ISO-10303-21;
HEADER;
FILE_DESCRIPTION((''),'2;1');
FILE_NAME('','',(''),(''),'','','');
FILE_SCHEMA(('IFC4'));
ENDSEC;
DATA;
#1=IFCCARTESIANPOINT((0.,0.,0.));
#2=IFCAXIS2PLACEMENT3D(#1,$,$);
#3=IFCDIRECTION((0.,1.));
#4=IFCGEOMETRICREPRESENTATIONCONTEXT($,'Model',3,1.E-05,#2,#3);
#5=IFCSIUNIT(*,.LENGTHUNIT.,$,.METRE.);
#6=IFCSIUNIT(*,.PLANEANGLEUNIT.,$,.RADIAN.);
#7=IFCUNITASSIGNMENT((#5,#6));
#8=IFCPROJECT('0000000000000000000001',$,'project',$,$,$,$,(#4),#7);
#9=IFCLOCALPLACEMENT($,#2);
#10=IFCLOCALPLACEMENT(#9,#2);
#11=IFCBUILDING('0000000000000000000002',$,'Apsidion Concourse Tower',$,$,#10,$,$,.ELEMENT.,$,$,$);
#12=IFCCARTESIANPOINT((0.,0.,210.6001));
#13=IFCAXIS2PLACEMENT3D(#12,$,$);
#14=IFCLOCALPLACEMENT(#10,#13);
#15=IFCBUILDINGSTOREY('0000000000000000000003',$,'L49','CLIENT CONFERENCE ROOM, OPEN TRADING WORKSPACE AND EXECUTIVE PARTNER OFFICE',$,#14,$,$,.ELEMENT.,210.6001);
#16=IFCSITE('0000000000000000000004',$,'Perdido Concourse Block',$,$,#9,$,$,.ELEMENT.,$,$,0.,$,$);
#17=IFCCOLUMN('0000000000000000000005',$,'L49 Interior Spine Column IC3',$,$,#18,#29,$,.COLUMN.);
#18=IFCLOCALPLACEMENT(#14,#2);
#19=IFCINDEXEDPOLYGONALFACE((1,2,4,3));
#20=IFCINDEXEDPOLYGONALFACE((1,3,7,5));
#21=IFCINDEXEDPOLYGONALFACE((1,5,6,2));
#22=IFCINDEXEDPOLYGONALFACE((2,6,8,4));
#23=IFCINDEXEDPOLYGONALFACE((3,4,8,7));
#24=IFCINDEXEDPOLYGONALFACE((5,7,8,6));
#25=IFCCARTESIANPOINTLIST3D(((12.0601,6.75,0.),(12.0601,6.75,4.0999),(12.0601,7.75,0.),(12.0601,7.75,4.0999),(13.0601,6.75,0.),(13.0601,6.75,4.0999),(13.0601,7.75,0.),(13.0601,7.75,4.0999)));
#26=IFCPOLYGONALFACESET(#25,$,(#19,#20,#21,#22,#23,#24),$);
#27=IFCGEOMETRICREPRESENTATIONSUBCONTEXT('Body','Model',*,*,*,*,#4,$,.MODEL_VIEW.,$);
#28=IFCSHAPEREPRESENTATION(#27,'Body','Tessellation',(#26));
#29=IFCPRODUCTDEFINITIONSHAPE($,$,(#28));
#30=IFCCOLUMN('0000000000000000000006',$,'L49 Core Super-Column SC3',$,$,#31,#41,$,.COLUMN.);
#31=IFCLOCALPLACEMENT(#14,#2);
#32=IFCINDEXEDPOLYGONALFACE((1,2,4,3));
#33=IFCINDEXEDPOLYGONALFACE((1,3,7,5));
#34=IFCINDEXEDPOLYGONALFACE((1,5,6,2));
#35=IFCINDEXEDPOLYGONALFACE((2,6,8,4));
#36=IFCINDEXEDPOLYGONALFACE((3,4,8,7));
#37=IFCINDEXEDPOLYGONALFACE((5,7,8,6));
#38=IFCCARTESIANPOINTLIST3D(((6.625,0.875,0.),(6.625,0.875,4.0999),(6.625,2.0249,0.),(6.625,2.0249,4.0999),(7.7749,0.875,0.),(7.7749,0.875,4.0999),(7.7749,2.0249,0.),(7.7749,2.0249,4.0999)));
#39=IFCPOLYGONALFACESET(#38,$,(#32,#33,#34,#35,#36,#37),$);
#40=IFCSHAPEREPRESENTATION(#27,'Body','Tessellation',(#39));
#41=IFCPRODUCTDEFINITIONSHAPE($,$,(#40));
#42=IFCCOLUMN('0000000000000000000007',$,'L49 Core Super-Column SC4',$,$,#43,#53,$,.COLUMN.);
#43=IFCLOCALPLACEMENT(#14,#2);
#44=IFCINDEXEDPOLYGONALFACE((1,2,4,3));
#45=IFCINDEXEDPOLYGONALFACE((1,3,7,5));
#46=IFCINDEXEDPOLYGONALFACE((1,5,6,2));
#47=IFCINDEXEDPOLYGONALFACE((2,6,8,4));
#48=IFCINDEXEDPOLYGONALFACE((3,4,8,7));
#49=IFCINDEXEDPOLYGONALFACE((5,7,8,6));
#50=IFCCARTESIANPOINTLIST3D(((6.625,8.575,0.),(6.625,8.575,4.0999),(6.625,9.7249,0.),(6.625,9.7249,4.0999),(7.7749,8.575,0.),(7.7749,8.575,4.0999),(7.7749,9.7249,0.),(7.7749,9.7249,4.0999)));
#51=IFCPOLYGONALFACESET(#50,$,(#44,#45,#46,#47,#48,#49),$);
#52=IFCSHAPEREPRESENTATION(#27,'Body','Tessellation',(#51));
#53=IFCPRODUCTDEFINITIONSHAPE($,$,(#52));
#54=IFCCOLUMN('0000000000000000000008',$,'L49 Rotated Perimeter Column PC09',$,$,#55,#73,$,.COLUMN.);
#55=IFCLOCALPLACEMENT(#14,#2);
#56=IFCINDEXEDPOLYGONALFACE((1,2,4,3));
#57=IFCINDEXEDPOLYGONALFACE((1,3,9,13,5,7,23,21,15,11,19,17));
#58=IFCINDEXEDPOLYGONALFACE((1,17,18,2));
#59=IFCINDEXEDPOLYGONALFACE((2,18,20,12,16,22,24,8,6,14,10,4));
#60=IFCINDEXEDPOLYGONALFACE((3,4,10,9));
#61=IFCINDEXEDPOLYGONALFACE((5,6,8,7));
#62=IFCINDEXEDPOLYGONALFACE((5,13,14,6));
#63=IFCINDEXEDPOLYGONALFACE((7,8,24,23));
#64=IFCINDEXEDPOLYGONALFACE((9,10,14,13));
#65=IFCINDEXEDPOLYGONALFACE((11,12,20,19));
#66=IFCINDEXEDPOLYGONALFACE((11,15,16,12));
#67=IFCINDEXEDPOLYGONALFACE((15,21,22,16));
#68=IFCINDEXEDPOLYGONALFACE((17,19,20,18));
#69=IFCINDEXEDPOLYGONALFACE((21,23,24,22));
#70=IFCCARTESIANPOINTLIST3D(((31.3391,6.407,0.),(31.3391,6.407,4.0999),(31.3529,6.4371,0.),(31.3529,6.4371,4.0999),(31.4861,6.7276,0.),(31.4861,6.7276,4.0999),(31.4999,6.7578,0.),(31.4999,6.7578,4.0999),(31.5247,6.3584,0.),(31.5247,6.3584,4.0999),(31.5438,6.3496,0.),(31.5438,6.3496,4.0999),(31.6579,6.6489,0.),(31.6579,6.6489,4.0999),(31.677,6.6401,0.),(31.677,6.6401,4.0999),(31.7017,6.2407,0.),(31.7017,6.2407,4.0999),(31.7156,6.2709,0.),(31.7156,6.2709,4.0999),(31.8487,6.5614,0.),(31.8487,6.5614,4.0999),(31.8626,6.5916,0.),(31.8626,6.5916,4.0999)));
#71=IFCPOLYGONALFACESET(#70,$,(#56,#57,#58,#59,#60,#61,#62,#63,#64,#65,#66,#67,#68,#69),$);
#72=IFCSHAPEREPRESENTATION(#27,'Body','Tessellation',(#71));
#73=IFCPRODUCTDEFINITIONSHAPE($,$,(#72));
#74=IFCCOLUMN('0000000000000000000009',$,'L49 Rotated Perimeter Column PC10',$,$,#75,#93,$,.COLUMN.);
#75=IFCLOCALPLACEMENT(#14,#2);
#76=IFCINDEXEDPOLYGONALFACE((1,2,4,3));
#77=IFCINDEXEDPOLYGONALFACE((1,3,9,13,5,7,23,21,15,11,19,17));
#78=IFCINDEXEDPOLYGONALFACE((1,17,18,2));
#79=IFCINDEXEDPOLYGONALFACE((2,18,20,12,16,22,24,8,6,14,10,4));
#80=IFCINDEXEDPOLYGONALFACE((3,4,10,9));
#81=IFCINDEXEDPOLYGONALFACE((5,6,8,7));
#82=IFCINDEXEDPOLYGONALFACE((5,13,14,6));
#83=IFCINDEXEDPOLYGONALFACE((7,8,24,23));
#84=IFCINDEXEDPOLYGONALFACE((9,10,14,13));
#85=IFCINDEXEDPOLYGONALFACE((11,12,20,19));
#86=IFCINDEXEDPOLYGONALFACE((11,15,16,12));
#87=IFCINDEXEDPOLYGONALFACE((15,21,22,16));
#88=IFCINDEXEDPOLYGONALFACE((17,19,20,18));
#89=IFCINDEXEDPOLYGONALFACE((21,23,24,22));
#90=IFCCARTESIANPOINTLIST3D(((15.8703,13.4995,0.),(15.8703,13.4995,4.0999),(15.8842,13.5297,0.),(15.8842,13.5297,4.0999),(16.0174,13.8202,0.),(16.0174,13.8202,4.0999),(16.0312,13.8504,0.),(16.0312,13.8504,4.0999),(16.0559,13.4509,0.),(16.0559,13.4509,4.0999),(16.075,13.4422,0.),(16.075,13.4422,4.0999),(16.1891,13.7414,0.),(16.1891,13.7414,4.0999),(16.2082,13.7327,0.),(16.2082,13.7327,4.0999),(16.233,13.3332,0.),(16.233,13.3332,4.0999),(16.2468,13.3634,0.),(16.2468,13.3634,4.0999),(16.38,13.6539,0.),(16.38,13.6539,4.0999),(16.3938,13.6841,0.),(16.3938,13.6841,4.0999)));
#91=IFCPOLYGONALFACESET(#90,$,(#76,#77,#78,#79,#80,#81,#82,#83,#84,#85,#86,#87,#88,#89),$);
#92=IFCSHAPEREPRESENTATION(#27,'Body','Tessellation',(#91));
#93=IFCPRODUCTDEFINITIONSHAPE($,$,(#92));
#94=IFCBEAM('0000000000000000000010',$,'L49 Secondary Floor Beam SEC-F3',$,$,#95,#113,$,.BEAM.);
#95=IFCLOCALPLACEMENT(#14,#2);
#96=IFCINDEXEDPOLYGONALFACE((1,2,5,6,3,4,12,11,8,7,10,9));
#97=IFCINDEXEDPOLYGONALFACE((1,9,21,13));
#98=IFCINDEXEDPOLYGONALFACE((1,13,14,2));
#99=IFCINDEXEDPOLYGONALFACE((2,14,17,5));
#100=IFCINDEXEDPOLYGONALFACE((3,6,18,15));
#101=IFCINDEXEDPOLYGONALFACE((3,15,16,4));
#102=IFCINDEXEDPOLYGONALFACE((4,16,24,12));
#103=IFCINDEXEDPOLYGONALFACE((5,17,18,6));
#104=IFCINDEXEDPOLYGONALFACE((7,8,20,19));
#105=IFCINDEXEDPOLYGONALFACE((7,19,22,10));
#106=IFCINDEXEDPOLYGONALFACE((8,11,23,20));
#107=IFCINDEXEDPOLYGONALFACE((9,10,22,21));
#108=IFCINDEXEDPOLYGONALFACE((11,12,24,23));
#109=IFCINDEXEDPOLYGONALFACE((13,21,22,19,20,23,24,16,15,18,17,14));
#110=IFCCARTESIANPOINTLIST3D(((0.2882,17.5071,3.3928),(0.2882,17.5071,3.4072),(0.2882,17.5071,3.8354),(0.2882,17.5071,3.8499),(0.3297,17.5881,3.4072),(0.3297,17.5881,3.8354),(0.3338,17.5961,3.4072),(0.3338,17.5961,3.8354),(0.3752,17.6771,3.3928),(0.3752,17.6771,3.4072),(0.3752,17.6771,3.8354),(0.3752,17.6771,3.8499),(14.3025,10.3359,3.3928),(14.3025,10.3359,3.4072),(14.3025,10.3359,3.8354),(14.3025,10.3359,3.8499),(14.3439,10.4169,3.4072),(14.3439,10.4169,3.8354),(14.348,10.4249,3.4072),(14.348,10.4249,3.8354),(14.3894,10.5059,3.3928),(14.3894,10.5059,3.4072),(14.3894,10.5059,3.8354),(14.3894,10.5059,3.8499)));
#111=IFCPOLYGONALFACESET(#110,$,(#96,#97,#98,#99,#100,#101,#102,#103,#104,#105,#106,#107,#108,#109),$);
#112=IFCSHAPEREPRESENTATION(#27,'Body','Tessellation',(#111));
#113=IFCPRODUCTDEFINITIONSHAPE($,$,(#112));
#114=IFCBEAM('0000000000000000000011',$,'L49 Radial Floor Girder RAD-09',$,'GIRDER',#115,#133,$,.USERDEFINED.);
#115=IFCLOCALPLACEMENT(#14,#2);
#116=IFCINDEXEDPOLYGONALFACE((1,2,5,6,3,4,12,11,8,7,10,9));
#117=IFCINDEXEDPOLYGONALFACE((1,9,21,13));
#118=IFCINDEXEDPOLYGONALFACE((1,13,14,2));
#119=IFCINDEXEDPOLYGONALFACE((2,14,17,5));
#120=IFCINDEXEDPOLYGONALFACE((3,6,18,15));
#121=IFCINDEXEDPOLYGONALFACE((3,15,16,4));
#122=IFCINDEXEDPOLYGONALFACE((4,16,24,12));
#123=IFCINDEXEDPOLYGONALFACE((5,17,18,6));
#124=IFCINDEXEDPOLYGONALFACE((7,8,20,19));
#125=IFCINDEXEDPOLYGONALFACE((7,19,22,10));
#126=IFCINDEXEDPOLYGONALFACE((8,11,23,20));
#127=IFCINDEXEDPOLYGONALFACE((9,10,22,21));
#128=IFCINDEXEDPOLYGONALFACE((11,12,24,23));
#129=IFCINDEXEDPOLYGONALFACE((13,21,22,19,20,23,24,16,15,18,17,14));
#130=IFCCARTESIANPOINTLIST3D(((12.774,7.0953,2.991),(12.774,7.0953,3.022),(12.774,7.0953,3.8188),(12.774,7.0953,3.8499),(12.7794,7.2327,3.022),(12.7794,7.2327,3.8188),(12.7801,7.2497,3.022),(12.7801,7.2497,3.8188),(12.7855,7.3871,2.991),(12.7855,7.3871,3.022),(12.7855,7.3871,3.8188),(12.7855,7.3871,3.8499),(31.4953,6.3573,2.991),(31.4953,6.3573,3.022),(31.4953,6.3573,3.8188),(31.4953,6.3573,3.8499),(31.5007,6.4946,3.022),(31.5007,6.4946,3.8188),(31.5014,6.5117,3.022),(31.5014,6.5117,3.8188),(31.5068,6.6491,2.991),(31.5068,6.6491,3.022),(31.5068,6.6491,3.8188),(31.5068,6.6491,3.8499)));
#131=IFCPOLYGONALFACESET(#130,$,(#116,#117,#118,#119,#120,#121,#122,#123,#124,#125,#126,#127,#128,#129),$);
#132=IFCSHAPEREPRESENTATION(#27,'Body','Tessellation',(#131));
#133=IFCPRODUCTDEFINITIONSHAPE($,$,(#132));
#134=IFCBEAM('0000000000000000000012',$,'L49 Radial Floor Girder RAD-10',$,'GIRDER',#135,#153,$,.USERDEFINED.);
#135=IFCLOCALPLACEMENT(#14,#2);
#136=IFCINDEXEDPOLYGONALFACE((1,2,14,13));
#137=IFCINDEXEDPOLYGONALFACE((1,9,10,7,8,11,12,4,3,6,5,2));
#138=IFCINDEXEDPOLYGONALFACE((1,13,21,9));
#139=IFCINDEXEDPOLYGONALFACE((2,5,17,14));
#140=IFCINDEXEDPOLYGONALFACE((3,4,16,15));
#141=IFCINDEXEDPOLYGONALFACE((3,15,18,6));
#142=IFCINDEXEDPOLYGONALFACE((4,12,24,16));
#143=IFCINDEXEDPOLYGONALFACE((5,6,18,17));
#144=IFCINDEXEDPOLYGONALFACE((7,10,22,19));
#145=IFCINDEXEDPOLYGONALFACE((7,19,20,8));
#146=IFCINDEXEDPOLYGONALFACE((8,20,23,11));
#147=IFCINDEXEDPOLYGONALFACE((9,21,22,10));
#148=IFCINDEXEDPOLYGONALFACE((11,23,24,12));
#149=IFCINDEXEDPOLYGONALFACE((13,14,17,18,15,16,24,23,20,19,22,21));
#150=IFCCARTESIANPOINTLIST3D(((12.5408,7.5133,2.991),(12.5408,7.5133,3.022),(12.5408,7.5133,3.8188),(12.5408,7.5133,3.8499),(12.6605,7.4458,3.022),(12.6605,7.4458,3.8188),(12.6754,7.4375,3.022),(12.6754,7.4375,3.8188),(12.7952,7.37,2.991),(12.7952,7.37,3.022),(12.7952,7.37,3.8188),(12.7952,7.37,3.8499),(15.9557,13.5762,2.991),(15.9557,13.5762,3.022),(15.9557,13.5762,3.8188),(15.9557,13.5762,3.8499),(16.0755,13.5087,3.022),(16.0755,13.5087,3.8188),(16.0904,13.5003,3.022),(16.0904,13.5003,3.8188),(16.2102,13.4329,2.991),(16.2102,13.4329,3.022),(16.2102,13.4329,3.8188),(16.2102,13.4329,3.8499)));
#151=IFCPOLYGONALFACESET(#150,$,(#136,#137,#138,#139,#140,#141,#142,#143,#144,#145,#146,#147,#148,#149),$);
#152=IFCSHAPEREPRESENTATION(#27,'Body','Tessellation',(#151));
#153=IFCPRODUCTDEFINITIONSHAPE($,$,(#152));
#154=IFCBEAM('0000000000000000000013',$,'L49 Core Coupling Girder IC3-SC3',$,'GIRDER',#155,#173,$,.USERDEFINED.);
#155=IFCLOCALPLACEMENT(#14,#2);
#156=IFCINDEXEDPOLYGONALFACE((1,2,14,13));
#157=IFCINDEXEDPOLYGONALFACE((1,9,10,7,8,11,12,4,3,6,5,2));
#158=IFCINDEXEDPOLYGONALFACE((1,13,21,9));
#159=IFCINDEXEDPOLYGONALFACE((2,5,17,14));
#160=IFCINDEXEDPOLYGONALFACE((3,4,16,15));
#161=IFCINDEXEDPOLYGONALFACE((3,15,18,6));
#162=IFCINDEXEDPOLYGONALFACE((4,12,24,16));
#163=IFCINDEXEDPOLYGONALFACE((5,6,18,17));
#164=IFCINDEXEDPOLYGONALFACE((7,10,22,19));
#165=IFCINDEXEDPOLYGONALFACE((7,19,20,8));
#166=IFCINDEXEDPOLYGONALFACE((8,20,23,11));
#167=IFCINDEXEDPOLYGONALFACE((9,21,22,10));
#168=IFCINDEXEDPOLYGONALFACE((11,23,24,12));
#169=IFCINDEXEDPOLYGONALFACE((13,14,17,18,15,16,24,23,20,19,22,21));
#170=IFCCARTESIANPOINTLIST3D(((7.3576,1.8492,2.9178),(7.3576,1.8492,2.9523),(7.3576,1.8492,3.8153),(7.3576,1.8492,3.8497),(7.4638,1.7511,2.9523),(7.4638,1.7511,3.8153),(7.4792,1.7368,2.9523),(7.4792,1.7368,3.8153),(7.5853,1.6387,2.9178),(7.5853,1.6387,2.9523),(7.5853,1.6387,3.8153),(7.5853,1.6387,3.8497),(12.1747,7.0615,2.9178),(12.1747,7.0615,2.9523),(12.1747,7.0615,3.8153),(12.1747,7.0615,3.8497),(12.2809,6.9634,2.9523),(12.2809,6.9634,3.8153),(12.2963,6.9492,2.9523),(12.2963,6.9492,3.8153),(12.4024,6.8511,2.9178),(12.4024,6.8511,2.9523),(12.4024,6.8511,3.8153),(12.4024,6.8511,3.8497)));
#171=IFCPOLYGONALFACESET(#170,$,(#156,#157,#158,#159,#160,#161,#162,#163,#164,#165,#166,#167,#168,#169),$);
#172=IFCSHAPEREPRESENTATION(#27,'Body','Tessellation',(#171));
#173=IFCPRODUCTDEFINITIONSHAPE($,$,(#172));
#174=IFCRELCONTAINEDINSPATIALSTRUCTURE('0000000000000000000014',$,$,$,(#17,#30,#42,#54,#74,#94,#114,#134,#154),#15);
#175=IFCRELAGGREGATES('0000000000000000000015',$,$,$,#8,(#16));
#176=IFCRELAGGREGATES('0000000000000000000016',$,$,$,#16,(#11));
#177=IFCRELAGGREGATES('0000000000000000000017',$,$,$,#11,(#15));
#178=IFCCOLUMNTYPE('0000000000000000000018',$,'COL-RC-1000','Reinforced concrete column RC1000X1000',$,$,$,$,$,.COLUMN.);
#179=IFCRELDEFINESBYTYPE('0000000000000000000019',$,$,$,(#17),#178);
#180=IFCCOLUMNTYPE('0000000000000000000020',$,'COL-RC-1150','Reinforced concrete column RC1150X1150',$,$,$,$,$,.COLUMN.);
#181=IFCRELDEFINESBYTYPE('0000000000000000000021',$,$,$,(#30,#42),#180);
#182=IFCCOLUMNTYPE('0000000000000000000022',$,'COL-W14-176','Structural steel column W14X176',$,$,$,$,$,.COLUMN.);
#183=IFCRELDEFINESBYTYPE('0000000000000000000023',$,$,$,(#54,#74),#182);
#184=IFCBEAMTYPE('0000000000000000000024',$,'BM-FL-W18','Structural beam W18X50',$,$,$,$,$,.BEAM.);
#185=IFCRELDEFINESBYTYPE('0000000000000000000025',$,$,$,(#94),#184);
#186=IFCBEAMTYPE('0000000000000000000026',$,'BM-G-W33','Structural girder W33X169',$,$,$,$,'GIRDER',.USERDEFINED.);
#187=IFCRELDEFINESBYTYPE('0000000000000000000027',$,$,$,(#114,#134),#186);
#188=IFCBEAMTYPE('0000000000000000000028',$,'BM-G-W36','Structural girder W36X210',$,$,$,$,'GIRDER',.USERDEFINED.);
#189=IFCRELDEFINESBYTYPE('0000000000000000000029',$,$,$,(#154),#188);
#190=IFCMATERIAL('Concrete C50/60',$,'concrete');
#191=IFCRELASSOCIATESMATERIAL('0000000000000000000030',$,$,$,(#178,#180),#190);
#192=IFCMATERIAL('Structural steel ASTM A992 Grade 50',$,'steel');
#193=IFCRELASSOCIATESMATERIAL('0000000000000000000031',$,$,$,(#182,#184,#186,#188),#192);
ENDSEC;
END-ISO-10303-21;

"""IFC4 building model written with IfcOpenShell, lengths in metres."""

from ifc_helpers import new_model, si_unit, direction, frame, origin, origin_2d, place, context, subcontext, project, spatial, rectangle, i_section, extrude, material, material_profile, profile_set, type_object, element, save


model = new_model("IFC4")

# Units and contexts
model_context = context("Model", 3, precision=1e-05, world=origin(), true_north=direction((0.0, 1.0)))
body_context = subcontext(model_context, "Body", "Model", "MODEL_VIEW")
ifc_project = project(units=[si_unit("LENGTHUNIT", "METRE"), si_unit("PLANEANGLEUNIT", "RADIAN")], contexts=[model_context])

# Site, building, storey
site_placement = place(None, origin())
site = spatial("IfcSite", under=ifc_project, at=site_placement, Name="Perdido Concourse Block", CompositionType="ELEMENT", RefElevation=0.0)
building_placement = place(site_placement, origin())
building = spatial("IfcBuilding", under=site, at=building_placement, Name="Apsidion Concourse Tower", CompositionType="ELEMENT")
storey_placement = place(building_placement, frame((0.0, 0.0, 210.6001)))
storey = spatial("IfcBuildingStorey", under=building, at=storey_placement, Name="L49", Description="CLIENT CONFERENCE ROOM, OPEN TRADING WORKSPACE AND EXECUTIVE PARTNER OFFICE", CompositionType="ELEMENT", Elevation=210.6001)

# Columns
ifc_material_1 = material(Name="Concrete C50/60", Category="concrete")
ifc_material_profile_1 = material_profile(ifc_material_1, rectangle(XDim=1.0, YDim=1.0, at=origin_2d()), Name="RC 1000x1000")
ifc_profile_set_1 = profile_set([ifc_material_profile_1], Name="Concrete C50/60")
column_type_1 = type_object("IfcColumnType", Name="COL-RC-1000", Description="Reinforced concrete column RC1000X1000", PredefinedType="COLUMN", material=ifc_profile_set_1)
column_placement = place(storey_placement, frame((12.5601, 7.25, 0.0), z_axis=(0.0, 0.0, 1.0), x_axis=(1.0, 0.0, 0.0)))
element("IfcColumn", 1, at=column_placement, inside=storey, type_object=column_type_1, Name="L49 Interior Spine Column IC3", PredefinedType="COLUMN", context=body_context, shape_type="SweptSolid", body=[
    extrude(rectangle(XDim=1.0, YDim=1.0, at=origin_2d()), origin(), (0.0, 0.0, 1.0), 4.0999),
])
ifc_material_profile_2 = material_profile(ifc_material_1, rectangle(XDim=1.1499, YDim=1.1499, at=origin_2d()), Name="RC 1150x1150")
ifc_profile_set_2 = profile_set([ifc_material_profile_2], Name="Concrete C50/60")
column_type_2 = type_object("IfcColumnType", Name="COL-RC-1150", Description="Reinforced concrete column RC1150X1150", PredefinedType="COLUMN", material=ifc_profile_set_2)
for number, where, z_axis, x_axis, name in (
    (2, (7.2, 1.45, 0.0), (0.0, 0.0, 1.0), (1.0, 0.0, 0.0), "L49 Core Super-Column SC3"),
    (3, (7.2, 9.1499, 0.0), (0.0, 0.0, 1.0), (1.0, 0.0, 0.0), "L49 Core Super-Column SC4"),
):
    element("IfcColumn", number, at=place(storey_placement, frame(where, z_axis=z_axis, x_axis=x_axis)), inside=storey, type_object=column_type_2, Name=name, PredefinedType="COLUMN", context=body_context, shape_type="SweptSolid", body=[
        extrude(rectangle(XDim=1.1499, YDim=1.1499, at=origin_2d()), origin(), (0.0, 0.0, 1.0), 4.0999),
    ])
ifc_material_2 = material(Name="Structural steel ASTM A992 Grade 50", Category="steel")
ifc_material_profile_3 = material_profile(ifc_material_2, i_section(OverallWidth=0.3989, OverallDepth=0.386, WebThickness=0.021, FlangeThickness=0.0332, at=origin_2d()), Name="W14X176")
ifc_profile_set_3 = profile_set([ifc_material_profile_3], Name="Structural steel ASTM A992 Grade 50")
column_type_3 = type_object("IfcColumnType", Name="COL-W14-176", Description="Structural steel column W14X176", PredefinedType="COLUMN", material=ifc_profile_set_3)
for number, where, z_axis, x_axis, name in (
    (4, (31.6008, 6.4993, 0.0), (0.0, 0.0, 1.0), (-0.909018, 0.416757, 0.0), "L49 Rotated Perimeter Column PC09"),
    (5, (16.1321, 13.5918, 0.0), (0.0, 0.0, 1.0), (-0.909018, 0.416757, 0.0), "L49 Rotated Perimeter Column PC10"),
):
    element("IfcColumn", number, at=place(storey_placement, frame(where, z_axis=z_axis, x_axis=x_axis)), inside=storey, type_object=column_type_3, Name=name, PredefinedType="COLUMN", context=body_context, shape_type="SweptSolid", body=[
        extrude(i_section(OverallWidth=0.3989, OverallDepth=0.386, WebThickness=0.021, FlangeThickness=0.0332, at=origin_2d()), origin(), (0.0, 0.0, 1.0), 4.0999),
    ])

# Beams
ifc_material_profile_4 = material_profile(ifc_material_2, i_section(OverallWidth=0.1909, OverallDepth=0.457, WebThickness=0.009, FlangeThickness=0.0144, at=origin_2d()), Name="W18X50")
ifc_profile_set_4 = profile_set([ifc_material_profile_4], Name="Structural steel ASTM A992 Grade 50")
beam_type_1 = type_object("IfcBeamType", Name="BM-FL-W18", Description="Structural beam W18X50", PredefinedType="BEAM", material=ifc_profile_set_4)
beam_1_placement = place(storey_placement, frame((14.3459, 10.4209, 3.6213), z_axis=(-0.89022, 0.455532, 0.0), x_axis=(-0.455532, -0.89022, 0.0)))
element("IfcBeam", 6, at=beam_1_placement, inside=storey, type_object=beam_type_1, Name="L49 Secondary Floor Beam SEC-F3", PredefinedType="BEAM", context=body_context, shape_type="SweptSolid", body=[
    extrude(i_section(OverallWidth=0.1909, OverallDepth=0.457, WebThickness=0.009, FlangeThickness=0.0144, at=origin_2d()), origin(), (0.0, 0.0, 1.0), 15.7424),
])
ifc_material_profile_5 = material_profile(ifc_material_2, i_section(OverallWidth=0.292, OverallDepth=0.8589, WebThickness=0.0171, FlangeThickness=0.031, at=origin_2d()), Name="W33X169")
ifc_profile_set_5 = profile_set([ifc_material_profile_5], Name="Structural steel ASTM A992 Grade 50")
beam_type_2 = type_object("IfcBeamType", Name="BM-G-W33", Description="Structural girder W33X169", ElementType="GIRDER", PredefinedType="USERDEFINED", material=ifc_profile_set_5)
beam_2_placement = place(storey_placement, frame((12.7798, 7.2412, 3.4204), z_axis=(0.999224, -0.039392, 0.0), x_axis=(0.039392, 0.999224, 0.0)))
element("IfcBeam", 7, at=beam_2_placement, inside=storey, type_object=beam_type_2, Name="L49 Radial Floor Girder RAD-09", ObjectType="GIRDER", PredefinedType="USERDEFINED", context=body_context, shape_type="SweptSolid", body=[
    extrude(i_section(OverallWidth=0.292, OverallDepth=0.8589, WebThickness=0.0171, FlangeThickness=0.031, at=origin_2d()), origin(), (0.0, 0.0, 1.0), 18.7358),
])
beam_3_placement = place(storey_placement, frame((12.668, 7.4417, 3.4204), z_axis=(0.490764, 0.871292, 0.0), x_axis=(-0.871292, 0.490764, 0.0)))
element("IfcBeam", 8, at=beam_3_placement, inside=storey, type_object=beam_type_2, Name="L49 Radial Floor Girder RAD-10", ObjectType="GIRDER", PredefinedType="USERDEFINED", context=body_context, shape_type="SweptSolid", body=[
    extrude(i_section(OverallWidth=0.292, OverallDepth=0.8589, WebThickness=0.0171, FlangeThickness=0.031, at=origin_2d()), origin(), (0.0, 0.0, 1.0), 6.9585),
])
ifc_material_profile_6 = material_profile(ifc_material_2, i_section(OverallWidth=0.3101, OverallDepth=0.9319, WebThickness=0.021, FlangeThickness=0.0344, at=origin_2d()), Name="W36X210")
ifc_profile_set_6 = profile_set([ifc_material_profile_6], Name="Structural steel ASTM A992 Grade 50")
beam_type_3 = type_object("IfcBeamType", Name="BM-G-W36", Description="Structural girder W36X210", ElementType="GIRDER", PredefinedType="USERDEFINED", material=ifc_profile_set_6)
beam_4_placement = place(storey_placement, frame((12.2886, 6.9563, 3.3838), z_axis=(-0.678713, -0.734404, 0.0), x_axis=(0.734404, -0.678713, 0.0)))
element("IfcBeam", 9, at=beam_4_placement, inside=storey, type_object=beam_type_3, Name="L49 Core Coupling Girder IC3-SC3", ObjectType="GIRDER", PredefinedType="USERDEFINED", context=body_context, shape_type="SweptSolid", body=[
    extrude(i_section(OverallWidth=0.3101, OverallDepth=0.9319, WebThickness=0.021, FlangeThickness=0.0344, at=origin_2d()), origin(), (0.0, 0.0, 1.0), 7.0974),
])

save(model, "model.ifc")
